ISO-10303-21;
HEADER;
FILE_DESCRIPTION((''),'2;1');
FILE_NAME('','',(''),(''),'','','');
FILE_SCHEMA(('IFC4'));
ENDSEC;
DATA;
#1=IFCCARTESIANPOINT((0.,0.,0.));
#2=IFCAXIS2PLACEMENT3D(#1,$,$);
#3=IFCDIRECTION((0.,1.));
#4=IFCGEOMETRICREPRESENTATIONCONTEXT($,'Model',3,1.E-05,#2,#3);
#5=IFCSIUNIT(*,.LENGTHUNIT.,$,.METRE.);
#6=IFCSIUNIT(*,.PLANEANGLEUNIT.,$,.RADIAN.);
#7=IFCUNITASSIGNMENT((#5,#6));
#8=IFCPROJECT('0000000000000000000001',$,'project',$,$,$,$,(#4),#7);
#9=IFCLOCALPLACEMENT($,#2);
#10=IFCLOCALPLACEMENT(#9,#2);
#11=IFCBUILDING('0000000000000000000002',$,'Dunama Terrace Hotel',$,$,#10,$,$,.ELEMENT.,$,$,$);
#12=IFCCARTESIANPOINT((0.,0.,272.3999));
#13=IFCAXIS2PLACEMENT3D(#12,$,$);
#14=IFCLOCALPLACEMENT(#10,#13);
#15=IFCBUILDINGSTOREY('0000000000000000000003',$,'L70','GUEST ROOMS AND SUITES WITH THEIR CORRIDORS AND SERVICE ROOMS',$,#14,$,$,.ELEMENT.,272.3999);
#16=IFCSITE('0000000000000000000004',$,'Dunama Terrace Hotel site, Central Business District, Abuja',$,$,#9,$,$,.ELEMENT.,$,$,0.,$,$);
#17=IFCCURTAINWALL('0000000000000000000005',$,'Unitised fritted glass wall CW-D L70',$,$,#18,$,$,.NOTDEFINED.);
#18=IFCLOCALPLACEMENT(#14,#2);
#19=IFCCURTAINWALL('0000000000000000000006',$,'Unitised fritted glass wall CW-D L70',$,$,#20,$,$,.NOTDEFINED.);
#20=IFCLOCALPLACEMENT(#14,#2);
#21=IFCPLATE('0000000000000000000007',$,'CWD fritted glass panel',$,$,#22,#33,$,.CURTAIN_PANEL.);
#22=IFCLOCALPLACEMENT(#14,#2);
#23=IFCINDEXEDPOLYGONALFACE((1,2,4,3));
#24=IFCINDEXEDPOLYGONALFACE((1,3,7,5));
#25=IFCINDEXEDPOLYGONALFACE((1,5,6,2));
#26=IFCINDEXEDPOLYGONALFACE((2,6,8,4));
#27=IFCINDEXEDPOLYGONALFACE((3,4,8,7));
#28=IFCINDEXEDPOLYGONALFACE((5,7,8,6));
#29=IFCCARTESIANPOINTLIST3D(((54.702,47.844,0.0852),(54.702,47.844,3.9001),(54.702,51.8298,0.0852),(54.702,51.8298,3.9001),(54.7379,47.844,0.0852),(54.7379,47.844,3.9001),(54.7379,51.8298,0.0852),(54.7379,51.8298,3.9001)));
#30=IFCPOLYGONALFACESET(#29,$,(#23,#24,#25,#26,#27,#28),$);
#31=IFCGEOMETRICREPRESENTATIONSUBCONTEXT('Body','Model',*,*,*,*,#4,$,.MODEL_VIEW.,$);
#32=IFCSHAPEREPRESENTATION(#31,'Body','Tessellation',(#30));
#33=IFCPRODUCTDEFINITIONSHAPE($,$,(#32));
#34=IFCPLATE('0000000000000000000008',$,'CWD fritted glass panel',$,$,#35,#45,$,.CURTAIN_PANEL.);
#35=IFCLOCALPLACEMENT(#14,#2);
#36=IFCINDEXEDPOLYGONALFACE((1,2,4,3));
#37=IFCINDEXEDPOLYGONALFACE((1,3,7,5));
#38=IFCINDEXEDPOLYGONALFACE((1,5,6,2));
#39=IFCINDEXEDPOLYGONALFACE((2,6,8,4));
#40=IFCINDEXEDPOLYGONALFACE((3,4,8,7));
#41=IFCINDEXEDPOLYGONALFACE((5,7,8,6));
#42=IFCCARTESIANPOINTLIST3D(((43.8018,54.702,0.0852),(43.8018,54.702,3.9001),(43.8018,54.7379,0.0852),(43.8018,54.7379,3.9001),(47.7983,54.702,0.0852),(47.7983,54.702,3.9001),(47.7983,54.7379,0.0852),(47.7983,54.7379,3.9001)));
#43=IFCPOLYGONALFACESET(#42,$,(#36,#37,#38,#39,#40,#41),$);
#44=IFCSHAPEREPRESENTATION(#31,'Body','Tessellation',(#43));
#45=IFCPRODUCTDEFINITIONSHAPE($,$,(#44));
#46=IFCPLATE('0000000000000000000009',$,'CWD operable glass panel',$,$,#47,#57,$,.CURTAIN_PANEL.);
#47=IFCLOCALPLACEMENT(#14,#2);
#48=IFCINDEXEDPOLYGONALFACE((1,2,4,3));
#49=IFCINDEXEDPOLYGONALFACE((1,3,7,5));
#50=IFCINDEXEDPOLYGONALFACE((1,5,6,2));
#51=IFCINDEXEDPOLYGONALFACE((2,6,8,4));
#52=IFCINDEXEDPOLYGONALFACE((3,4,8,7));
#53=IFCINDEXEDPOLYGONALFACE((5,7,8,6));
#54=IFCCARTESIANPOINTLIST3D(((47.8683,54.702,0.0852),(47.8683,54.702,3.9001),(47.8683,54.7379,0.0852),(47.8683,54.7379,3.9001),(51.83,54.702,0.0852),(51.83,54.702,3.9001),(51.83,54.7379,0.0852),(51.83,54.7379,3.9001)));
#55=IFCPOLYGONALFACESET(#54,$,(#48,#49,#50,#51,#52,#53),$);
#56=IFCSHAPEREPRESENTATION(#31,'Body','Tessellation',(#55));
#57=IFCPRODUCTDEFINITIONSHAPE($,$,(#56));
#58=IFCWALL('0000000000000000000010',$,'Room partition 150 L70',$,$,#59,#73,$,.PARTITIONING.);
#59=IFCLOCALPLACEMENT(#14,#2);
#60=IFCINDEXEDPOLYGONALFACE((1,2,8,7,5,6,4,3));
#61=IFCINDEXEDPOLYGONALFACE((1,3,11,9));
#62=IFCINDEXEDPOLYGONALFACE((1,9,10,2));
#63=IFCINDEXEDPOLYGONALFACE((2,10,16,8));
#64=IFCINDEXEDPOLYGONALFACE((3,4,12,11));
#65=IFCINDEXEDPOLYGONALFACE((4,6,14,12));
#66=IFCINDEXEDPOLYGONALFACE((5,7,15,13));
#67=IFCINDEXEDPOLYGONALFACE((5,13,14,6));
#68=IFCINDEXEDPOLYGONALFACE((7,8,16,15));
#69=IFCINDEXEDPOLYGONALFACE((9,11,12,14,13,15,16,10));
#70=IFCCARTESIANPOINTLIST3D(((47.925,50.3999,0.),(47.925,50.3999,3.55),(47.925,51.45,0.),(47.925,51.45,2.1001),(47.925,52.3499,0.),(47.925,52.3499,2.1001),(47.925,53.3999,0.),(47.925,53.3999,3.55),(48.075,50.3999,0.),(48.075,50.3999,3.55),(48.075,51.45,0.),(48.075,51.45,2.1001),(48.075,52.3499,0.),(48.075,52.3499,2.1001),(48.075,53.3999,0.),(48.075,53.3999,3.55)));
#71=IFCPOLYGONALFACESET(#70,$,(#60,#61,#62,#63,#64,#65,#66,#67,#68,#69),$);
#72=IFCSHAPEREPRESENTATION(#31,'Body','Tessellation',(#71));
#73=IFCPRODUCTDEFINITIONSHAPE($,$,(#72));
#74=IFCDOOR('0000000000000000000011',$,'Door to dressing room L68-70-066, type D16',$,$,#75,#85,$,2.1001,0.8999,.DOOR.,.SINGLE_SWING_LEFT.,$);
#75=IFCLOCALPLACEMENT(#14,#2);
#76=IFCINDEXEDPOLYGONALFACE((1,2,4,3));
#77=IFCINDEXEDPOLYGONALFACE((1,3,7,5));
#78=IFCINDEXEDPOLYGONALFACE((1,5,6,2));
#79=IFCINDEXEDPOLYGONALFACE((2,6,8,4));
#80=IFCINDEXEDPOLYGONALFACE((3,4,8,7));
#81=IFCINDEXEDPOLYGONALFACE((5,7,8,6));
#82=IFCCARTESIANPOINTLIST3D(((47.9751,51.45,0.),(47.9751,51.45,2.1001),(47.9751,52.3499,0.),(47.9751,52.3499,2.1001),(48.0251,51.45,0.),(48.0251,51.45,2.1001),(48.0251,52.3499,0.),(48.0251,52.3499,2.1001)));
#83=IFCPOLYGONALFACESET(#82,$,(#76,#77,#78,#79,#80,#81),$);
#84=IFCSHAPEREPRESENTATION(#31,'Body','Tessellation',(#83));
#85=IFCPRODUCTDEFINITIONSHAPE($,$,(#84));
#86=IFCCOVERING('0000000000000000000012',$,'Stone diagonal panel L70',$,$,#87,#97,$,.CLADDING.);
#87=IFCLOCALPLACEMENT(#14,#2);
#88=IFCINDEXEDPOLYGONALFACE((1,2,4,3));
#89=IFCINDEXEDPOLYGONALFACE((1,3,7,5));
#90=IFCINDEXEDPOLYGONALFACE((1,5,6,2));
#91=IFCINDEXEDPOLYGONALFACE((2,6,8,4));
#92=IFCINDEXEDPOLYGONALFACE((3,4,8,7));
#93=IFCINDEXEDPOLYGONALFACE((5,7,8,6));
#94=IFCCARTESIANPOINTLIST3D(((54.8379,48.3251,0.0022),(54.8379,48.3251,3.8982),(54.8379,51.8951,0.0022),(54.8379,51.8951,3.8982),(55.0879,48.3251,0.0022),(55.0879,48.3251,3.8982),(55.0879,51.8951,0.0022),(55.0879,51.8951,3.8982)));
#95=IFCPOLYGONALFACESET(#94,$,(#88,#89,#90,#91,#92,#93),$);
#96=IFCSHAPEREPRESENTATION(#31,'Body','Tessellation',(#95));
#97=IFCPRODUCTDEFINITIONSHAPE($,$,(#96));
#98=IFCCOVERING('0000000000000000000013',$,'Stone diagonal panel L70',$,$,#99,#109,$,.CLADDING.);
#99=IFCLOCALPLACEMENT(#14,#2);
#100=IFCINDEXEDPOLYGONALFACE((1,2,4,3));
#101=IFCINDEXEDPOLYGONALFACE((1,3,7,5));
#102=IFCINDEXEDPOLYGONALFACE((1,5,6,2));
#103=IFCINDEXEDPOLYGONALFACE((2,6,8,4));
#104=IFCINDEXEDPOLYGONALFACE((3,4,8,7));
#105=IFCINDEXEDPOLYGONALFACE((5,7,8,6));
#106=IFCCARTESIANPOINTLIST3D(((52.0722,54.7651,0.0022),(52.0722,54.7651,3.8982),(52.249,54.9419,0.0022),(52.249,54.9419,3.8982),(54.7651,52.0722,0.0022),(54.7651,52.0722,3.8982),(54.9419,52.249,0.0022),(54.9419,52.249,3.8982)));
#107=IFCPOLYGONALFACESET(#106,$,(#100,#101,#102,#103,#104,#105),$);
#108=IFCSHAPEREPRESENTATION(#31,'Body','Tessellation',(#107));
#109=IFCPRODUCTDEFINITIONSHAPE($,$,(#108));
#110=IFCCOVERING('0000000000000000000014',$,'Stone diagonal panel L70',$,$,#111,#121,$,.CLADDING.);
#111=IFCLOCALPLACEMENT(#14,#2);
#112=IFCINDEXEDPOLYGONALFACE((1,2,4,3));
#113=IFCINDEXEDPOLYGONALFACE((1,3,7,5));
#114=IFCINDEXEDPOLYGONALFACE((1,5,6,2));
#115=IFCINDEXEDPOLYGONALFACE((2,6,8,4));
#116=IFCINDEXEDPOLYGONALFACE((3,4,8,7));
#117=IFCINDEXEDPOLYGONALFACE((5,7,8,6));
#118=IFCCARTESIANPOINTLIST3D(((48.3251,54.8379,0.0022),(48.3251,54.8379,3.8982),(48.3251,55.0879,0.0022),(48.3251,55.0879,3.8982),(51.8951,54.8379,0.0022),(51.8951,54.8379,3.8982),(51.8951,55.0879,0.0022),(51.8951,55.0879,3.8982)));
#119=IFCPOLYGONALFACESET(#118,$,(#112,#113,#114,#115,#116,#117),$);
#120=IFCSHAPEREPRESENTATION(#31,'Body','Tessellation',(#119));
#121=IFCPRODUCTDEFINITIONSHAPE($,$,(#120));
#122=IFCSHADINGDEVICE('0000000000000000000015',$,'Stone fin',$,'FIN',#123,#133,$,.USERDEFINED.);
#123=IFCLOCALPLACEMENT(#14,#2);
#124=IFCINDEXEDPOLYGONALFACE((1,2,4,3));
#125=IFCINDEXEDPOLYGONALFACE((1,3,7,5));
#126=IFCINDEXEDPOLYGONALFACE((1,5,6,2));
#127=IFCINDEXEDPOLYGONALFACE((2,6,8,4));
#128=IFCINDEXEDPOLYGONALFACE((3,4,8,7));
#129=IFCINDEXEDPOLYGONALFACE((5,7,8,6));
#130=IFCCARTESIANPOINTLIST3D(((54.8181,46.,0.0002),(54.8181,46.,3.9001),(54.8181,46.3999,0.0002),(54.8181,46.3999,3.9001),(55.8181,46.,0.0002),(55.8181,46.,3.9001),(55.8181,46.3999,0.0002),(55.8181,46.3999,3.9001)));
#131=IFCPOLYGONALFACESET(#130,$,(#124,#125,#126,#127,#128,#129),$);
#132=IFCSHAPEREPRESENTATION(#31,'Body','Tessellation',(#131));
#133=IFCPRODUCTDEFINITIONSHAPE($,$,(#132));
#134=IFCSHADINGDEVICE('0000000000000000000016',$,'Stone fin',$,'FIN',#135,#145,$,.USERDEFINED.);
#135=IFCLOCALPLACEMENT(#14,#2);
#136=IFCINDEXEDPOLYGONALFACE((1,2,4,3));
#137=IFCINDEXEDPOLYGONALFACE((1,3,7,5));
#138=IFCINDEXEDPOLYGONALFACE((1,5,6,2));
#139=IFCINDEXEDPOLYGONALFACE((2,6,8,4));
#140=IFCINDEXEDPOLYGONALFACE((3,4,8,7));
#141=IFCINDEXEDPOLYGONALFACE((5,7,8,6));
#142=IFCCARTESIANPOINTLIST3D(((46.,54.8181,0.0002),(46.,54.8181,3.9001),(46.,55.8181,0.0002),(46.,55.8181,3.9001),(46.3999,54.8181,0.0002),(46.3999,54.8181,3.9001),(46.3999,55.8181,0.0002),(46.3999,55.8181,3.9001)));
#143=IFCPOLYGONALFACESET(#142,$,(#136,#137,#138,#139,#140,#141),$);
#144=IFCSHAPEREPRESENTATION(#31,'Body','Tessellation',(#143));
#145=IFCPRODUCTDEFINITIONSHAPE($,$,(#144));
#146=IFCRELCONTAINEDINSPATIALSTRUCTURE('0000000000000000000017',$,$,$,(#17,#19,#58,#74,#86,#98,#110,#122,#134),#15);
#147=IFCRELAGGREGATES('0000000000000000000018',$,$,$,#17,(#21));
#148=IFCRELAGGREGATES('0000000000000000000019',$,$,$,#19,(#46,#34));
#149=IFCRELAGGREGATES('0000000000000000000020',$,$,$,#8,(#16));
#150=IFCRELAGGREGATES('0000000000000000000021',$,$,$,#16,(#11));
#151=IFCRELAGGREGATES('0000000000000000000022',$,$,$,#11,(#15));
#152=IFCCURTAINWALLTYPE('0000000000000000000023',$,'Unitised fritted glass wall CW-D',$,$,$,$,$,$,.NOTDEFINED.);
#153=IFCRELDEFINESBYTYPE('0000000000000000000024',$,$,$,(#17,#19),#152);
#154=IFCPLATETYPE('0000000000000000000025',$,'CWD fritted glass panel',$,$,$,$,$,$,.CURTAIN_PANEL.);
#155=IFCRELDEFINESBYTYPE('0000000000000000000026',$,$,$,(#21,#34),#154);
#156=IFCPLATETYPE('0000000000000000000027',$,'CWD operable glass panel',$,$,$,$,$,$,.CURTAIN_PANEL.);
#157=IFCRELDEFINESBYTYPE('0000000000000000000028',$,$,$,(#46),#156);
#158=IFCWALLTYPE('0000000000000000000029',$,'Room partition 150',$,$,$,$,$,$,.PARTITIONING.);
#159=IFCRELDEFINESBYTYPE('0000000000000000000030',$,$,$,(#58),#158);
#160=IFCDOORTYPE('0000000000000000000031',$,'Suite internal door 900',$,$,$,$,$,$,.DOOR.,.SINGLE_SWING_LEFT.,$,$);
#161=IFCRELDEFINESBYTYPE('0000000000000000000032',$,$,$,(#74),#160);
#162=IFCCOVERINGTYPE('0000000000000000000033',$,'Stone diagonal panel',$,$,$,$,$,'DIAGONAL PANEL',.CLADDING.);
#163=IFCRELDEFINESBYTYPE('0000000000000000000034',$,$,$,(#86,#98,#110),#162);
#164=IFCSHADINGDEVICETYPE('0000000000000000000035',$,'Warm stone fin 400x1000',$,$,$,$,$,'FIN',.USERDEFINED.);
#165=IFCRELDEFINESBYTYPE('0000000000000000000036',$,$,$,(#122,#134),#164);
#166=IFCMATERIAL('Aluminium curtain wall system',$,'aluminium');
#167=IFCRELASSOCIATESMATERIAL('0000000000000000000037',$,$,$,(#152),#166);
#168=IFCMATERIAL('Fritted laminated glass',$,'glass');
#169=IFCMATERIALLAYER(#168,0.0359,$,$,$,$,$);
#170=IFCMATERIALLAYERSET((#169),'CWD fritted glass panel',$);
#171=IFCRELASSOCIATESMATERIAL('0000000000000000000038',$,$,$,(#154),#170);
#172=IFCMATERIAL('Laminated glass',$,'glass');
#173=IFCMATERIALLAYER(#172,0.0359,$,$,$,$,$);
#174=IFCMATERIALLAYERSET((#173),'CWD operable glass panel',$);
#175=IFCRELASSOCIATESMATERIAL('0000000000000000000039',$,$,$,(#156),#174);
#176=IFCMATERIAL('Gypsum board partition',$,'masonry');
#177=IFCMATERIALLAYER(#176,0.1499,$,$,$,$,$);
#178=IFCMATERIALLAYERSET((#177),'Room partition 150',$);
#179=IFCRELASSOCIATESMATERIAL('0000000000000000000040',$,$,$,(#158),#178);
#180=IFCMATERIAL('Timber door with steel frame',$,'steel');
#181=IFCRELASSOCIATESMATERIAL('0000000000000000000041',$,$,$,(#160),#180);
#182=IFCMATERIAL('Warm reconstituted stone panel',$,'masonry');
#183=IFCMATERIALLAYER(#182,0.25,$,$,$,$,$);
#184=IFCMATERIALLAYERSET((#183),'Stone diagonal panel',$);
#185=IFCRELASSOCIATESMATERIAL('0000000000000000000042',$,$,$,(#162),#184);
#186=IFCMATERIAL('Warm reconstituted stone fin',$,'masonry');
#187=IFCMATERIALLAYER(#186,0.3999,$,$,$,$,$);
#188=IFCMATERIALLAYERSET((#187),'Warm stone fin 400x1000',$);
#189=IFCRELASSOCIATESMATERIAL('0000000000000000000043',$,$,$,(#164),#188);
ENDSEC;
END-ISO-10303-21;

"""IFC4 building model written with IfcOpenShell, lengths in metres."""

from ifc_helpers import new_model, si_unit, direction, frame, frame_2d, origin, origin_2d, place, context, subcontext, project, spatial, rectangle, extrude, material, layer, layer_set, type_object, element, fill, aggregate, save


model = new_model("IFC4")

# Units and contexts
model_context = context("Model", 3, precision=1e-05, world=origin(), true_north=direction((0.0, 1.0)))
body_context = subcontext(model_context, "Body", "Model", "MODEL_VIEW")
ifc_project = project(units=[si_unit("LENGTHUNIT", "METRE"), si_unit("PLANEANGLEUNIT", "RADIAN")], contexts=[model_context])

# Site, building, storey
site_placement = place(None, origin())
site = spatial("IfcSite", under=ifc_project, at=site_placement, Name="Dunama Terrace Hotel site, Central Business District, Abuja", CompositionType="ELEMENT", RefElevation=0.0)
building_placement = place(site_placement, origin())
building = spatial("IfcBuilding", under=site, at=building_placement, Name="Dunama Terrace Hotel", CompositionType="ELEMENT")
storey_placement = place(building_placement, frame((0.0, 0.0, 272.3999)))
storey = spatial("IfcBuildingStorey", under=building, at=storey_placement, Name="L70", Description="GUEST ROOMS AND SUITES WITH THEIR CORRIDORS AND SERVICE ROOMS", CompositionType="ELEMENT", Elevation=272.3999)

# Curtain walls
ifc_material_1 = material(Name="Aluminium curtain wall system", Category="aluminium")
curtain_wall_type = type_object("IfcCurtainWallType", Name="Unitised fritted glass wall CW-D", PredefinedType="NOTDEFINED", material=ifc_material_1)
curtain_wall_1_placement = place(storey_placement, origin())
curtain_wall_1 = element("IfcCurtainWall", 1, at=curtain_wall_1_placement, inside=storey, type_object=curtain_wall_type, Name="Unitised fritted glass wall CW-D L70", PredefinedType="NOTDEFINED")
curtain_wall_2_placement = place(storey_placement, origin())
curtain_wall_2 = element("IfcCurtainWall", 2, at=curtain_wall_2_placement, inside=storey, type_object=curtain_wall_type, Name="Unitised fritted glass wall CW-D L70", PredefinedType="NOTDEFINED")

# Plates
ifc_material_2 = material(Name="Fritted laminated glass", Category="glass")
ifc_layer_1 = layer(ifc_material_2, 0.0359)
ifc_layer_set_1 = layer_set([ifc_layer_1], Name="CWD fritted glass panel")
plate_type_1 = type_object("IfcPlateType", Name="CWD fritted glass panel", PredefinedType="CURTAIN_PANEL", material=ifc_layer_set_1)
plate_1_placement = place(storey_placement, frame((54.72, 49.8369, 0.0852), z_axis=(0.0, 0.0, 1.0), x_axis=(0.0, 1.0, 0.0)))
plate_1 = element("IfcPlate", 3, at=plate_1_placement, type_object=plate_type_1, Name="CWD fritted glass panel", PredefinedType="CURTAIN_PANEL", context=body_context, shape_type="SweptSolid", body=[
    extrude(rectangle(XDim=3.9858, YDim=0.0359, at=origin_2d()), origin(), (0.0, 0.0, 1.0), 3.8149),
])
aggregate(curtain_wall_1, [plate_1])
plate_2_placement = place(storey_placement, frame((45.8, 54.72, 0.0852), z_axis=(0.0, 0.0, 1.0), x_axis=(-1.0, 0.0, 0.0)))
plate_2 = element("IfcPlate", 4, at=plate_2_placement, type_object=plate_type_1, Name="CWD fritted glass panel", PredefinedType="CURTAIN_PANEL", context=body_context, shape_type="SweptSolid", body=[
    extrude(rectangle(XDim=3.9966, YDim=0.0359, at=origin_2d()), origin(), (0.0, 0.0, 1.0), 3.8149),
])
ifc_material_3 = material(Name="Laminated glass", Category="glass")
ifc_layer_2 = layer(ifc_material_3, 0.0359)
ifc_layer_set_2 = layer_set([ifc_layer_2], Name="CWD operable glass panel")
plate_type_2 = type_object("IfcPlateType", Name="CWD operable glass panel", PredefinedType="CURTAIN_PANEL", material=ifc_layer_set_2)
plate_3_placement = place(storey_placement, frame((49.8491, 54.72, 0.0852), z_axis=(0.0, 0.0, 1.0), x_axis=(-1.0, 0.0, 0.0)))
plate_3 = element("IfcPlate", 5, at=plate_3_placement, type_object=plate_type_2, Name="CWD operable glass panel", PredefinedType="CURTAIN_PANEL", context=body_context, shape_type="SweptSolid", body=[
    extrude(rectangle(XDim=3.9617, YDim=0.0359, at=origin_2d()), origin(), (0.0, 0.0, 1.0), 3.8149),
])
aggregate(curtain_wall_2, [plate_3, plate_2])

# Wall, opening, door
ifc_material_4 = material(Name="Gypsum board partition", Category="masonry")
ifc_layer_3 = layer(ifc_material_4, 0.1499)
ifc_layer_set_3 = layer_set([ifc_layer_3], Name="Room partition 150")
wall_type = type_object("IfcWallType", Name="Room partition 150", PredefinedType="PARTITIONING", material=ifc_layer_set_3)
wall_placement = place(storey_placement, frame((48.0, 50.3999, 0.0), z_axis=(0.0, 0.0, 1.0), x_axis=(0.0, 1.0, 0.0)))
wall = element("IfcWall", 6, at=wall_placement, inside=storey, type_object=wall_type, Name="Room partition 150 L70", PredefinedType="PARTITIONING", context=body_context, shape_type="SweptSolid", body=[
    extrude(rectangle(XDim=3.0, YDim=0.1499, at=frame_2d((1.5, 0.0))), origin(), (0.0, 0.0, 1.0), 3.55),
])
opening_placement = place(wall_placement, frame((1.05, 0.0, 0.0)))
opening = element("IfcOpeningElement", 7, at=opening_placement, cuts=wall, PredefinedType="OPENING", context=body_context, shape_type="SweptSolid", body=[
    extrude(rectangle(XDim=0.8999, YDim=2.1001, at=frame_2d((0.45, 1.05))), frame((0.0, 0.085, 0.0), z_axis=(0.0, -1.0, 0.0), x_axis=(1.0, 0.0, 0.0)), (0.0, 0.0, 1.0), 0.1699),
])
ifc_material_5 = material(Name="Timber door with steel frame", Category="steel")
door_type = type_object("IfcDoorType", Name="Suite internal door 900", OperationType="SINGLE_SWING_LEFT", PredefinedType="DOOR", material=ifc_material_5)
door_placement = place(opening_placement, origin())
door = element("IfcDoor", 8, at=door_placement, inside=storey, type_object=door_type, Name="Door to dressing room L68-70-066, type D16", OperationType="SINGLE_SWING_LEFT", OverallHeight=2.1001, OverallWidth=0.8999, PredefinedType="DOOR", context=body_context, shape_type="SweptSolid", body=[
    extrude(rectangle(XDim=0.8999, YDim=2.1001, at=frame_2d((0.45, 1.05))), frame((0.0, 0.0249, 0.0), z_axis=(0.0, -1.0, 0.0), x_axis=(1.0, 0.0, 0.0)), (0.0, 0.0, 1.0), 0.05),
])
fill(opening, door)

# Coverings
ifc_material_6 = material(Name="Warm reconstituted stone panel", Category="masonry")
ifc_layer_4 = layer(ifc_material_6, 0.25)
ifc_layer_set_4 = layer_set([ifc_layer_4], Name="Stone diagonal panel")
covering_type = type_object("IfcCoveringType", Name="Stone diagonal panel", ElementType="DIAGONAL PANEL", PredefinedType="CLADDING", material=ifc_layer_set_4)
covering_1_placement = place(storey_placement, frame((54.9629, 50.1101, 0.0022), z_axis=(0.0, 0.0, 1.0), x_axis=(0.0, 1.0, 0.0)))
element("IfcCovering", 9, at=covering_1_placement, inside=storey, type_object=covering_type, Name="Stone diagonal panel L70", PredefinedType="CLADDING", context=body_context, shape_type="SweptSolid", body=[
    extrude(rectangle(XDim=3.5701, YDim=0.25, at=origin_2d()), origin(), (0.0, 0.0, 1.0), 3.896),
])
covering_2_placement = place(storey_placement, frame((53.5071, 53.5071, 0.0022), z_axis=(0.0, 0.0, 1.0), x_axis=(-0.707107, 0.707107, 0.0)))
element("IfcCovering", 10, at=covering_2_placement, inside=storey, type_object=covering_type, Name="Stone diagonal panel L70", PredefinedType="CLADDING", context=body_context, shape_type="SweptSolid", body=[
    extrude(rectangle(XDim=3.8083, YDim=0.25, at=origin_2d()), origin(), (0.0, 0.0, 1.0), 3.896),
])
covering_3_placement = place(storey_placement, frame((50.1101, 54.9629, 0.0022), z_axis=(0.0, 0.0, 1.0), x_axis=(-1.0, 0.0, 0.0)))
element("IfcCovering", 11, at=covering_3_placement, inside=storey, type_object=covering_type, Name="Stone diagonal panel L70", PredefinedType="CLADDING", context=body_context, shape_type="SweptSolid", body=[
    extrude(rectangle(XDim=3.5701, YDim=0.25, at=origin_2d()), origin(), (0.0, 0.0, 1.0), 3.896),
])

# Shading devices
ifc_material_7 = material(Name="Warm reconstituted stone fin", Category="masonry")
ifc_layer_5 = layer(ifc_material_7, 0.3999)
ifc_layer_set_5 = layer_set([ifc_layer_5], Name="Warm stone fin 400x1000")
shading_device_type = type_object("IfcShadingDeviceType", Name="Warm stone fin 400x1000", ElementType="FIN", PredefinedType="USERDEFINED", material=ifc_layer_set_5)
for number, where, z_axis, x_axis, name in (
    (12, (55.3181, 46.2, 0.0002), (0.0, 0.0, 1.0), (0.0, 1.0, 0.0), "Stone fin"),
    (13, (46.2, 55.3181, 0.0002), (0.0, 0.0, 1.0), (-1.0, 0.0, 0.0), "Stone fin"),
):
    element("IfcShadingDevice", number, at=place(storey_placement, frame(where, z_axis=z_axis, x_axis=x_axis)), inside=storey, type_object=shading_device_type, Name=name, ObjectType="FIN", PredefinedType="USERDEFINED", context=body_context, shape_type="SweptSolid", body=[
        extrude(rectangle(XDim=0.3999, YDim=1.0, at=origin_2d()), origin(), (0.0, 0.0, 1.0), 3.8999),
    ])

save(model, "model.ifc")
